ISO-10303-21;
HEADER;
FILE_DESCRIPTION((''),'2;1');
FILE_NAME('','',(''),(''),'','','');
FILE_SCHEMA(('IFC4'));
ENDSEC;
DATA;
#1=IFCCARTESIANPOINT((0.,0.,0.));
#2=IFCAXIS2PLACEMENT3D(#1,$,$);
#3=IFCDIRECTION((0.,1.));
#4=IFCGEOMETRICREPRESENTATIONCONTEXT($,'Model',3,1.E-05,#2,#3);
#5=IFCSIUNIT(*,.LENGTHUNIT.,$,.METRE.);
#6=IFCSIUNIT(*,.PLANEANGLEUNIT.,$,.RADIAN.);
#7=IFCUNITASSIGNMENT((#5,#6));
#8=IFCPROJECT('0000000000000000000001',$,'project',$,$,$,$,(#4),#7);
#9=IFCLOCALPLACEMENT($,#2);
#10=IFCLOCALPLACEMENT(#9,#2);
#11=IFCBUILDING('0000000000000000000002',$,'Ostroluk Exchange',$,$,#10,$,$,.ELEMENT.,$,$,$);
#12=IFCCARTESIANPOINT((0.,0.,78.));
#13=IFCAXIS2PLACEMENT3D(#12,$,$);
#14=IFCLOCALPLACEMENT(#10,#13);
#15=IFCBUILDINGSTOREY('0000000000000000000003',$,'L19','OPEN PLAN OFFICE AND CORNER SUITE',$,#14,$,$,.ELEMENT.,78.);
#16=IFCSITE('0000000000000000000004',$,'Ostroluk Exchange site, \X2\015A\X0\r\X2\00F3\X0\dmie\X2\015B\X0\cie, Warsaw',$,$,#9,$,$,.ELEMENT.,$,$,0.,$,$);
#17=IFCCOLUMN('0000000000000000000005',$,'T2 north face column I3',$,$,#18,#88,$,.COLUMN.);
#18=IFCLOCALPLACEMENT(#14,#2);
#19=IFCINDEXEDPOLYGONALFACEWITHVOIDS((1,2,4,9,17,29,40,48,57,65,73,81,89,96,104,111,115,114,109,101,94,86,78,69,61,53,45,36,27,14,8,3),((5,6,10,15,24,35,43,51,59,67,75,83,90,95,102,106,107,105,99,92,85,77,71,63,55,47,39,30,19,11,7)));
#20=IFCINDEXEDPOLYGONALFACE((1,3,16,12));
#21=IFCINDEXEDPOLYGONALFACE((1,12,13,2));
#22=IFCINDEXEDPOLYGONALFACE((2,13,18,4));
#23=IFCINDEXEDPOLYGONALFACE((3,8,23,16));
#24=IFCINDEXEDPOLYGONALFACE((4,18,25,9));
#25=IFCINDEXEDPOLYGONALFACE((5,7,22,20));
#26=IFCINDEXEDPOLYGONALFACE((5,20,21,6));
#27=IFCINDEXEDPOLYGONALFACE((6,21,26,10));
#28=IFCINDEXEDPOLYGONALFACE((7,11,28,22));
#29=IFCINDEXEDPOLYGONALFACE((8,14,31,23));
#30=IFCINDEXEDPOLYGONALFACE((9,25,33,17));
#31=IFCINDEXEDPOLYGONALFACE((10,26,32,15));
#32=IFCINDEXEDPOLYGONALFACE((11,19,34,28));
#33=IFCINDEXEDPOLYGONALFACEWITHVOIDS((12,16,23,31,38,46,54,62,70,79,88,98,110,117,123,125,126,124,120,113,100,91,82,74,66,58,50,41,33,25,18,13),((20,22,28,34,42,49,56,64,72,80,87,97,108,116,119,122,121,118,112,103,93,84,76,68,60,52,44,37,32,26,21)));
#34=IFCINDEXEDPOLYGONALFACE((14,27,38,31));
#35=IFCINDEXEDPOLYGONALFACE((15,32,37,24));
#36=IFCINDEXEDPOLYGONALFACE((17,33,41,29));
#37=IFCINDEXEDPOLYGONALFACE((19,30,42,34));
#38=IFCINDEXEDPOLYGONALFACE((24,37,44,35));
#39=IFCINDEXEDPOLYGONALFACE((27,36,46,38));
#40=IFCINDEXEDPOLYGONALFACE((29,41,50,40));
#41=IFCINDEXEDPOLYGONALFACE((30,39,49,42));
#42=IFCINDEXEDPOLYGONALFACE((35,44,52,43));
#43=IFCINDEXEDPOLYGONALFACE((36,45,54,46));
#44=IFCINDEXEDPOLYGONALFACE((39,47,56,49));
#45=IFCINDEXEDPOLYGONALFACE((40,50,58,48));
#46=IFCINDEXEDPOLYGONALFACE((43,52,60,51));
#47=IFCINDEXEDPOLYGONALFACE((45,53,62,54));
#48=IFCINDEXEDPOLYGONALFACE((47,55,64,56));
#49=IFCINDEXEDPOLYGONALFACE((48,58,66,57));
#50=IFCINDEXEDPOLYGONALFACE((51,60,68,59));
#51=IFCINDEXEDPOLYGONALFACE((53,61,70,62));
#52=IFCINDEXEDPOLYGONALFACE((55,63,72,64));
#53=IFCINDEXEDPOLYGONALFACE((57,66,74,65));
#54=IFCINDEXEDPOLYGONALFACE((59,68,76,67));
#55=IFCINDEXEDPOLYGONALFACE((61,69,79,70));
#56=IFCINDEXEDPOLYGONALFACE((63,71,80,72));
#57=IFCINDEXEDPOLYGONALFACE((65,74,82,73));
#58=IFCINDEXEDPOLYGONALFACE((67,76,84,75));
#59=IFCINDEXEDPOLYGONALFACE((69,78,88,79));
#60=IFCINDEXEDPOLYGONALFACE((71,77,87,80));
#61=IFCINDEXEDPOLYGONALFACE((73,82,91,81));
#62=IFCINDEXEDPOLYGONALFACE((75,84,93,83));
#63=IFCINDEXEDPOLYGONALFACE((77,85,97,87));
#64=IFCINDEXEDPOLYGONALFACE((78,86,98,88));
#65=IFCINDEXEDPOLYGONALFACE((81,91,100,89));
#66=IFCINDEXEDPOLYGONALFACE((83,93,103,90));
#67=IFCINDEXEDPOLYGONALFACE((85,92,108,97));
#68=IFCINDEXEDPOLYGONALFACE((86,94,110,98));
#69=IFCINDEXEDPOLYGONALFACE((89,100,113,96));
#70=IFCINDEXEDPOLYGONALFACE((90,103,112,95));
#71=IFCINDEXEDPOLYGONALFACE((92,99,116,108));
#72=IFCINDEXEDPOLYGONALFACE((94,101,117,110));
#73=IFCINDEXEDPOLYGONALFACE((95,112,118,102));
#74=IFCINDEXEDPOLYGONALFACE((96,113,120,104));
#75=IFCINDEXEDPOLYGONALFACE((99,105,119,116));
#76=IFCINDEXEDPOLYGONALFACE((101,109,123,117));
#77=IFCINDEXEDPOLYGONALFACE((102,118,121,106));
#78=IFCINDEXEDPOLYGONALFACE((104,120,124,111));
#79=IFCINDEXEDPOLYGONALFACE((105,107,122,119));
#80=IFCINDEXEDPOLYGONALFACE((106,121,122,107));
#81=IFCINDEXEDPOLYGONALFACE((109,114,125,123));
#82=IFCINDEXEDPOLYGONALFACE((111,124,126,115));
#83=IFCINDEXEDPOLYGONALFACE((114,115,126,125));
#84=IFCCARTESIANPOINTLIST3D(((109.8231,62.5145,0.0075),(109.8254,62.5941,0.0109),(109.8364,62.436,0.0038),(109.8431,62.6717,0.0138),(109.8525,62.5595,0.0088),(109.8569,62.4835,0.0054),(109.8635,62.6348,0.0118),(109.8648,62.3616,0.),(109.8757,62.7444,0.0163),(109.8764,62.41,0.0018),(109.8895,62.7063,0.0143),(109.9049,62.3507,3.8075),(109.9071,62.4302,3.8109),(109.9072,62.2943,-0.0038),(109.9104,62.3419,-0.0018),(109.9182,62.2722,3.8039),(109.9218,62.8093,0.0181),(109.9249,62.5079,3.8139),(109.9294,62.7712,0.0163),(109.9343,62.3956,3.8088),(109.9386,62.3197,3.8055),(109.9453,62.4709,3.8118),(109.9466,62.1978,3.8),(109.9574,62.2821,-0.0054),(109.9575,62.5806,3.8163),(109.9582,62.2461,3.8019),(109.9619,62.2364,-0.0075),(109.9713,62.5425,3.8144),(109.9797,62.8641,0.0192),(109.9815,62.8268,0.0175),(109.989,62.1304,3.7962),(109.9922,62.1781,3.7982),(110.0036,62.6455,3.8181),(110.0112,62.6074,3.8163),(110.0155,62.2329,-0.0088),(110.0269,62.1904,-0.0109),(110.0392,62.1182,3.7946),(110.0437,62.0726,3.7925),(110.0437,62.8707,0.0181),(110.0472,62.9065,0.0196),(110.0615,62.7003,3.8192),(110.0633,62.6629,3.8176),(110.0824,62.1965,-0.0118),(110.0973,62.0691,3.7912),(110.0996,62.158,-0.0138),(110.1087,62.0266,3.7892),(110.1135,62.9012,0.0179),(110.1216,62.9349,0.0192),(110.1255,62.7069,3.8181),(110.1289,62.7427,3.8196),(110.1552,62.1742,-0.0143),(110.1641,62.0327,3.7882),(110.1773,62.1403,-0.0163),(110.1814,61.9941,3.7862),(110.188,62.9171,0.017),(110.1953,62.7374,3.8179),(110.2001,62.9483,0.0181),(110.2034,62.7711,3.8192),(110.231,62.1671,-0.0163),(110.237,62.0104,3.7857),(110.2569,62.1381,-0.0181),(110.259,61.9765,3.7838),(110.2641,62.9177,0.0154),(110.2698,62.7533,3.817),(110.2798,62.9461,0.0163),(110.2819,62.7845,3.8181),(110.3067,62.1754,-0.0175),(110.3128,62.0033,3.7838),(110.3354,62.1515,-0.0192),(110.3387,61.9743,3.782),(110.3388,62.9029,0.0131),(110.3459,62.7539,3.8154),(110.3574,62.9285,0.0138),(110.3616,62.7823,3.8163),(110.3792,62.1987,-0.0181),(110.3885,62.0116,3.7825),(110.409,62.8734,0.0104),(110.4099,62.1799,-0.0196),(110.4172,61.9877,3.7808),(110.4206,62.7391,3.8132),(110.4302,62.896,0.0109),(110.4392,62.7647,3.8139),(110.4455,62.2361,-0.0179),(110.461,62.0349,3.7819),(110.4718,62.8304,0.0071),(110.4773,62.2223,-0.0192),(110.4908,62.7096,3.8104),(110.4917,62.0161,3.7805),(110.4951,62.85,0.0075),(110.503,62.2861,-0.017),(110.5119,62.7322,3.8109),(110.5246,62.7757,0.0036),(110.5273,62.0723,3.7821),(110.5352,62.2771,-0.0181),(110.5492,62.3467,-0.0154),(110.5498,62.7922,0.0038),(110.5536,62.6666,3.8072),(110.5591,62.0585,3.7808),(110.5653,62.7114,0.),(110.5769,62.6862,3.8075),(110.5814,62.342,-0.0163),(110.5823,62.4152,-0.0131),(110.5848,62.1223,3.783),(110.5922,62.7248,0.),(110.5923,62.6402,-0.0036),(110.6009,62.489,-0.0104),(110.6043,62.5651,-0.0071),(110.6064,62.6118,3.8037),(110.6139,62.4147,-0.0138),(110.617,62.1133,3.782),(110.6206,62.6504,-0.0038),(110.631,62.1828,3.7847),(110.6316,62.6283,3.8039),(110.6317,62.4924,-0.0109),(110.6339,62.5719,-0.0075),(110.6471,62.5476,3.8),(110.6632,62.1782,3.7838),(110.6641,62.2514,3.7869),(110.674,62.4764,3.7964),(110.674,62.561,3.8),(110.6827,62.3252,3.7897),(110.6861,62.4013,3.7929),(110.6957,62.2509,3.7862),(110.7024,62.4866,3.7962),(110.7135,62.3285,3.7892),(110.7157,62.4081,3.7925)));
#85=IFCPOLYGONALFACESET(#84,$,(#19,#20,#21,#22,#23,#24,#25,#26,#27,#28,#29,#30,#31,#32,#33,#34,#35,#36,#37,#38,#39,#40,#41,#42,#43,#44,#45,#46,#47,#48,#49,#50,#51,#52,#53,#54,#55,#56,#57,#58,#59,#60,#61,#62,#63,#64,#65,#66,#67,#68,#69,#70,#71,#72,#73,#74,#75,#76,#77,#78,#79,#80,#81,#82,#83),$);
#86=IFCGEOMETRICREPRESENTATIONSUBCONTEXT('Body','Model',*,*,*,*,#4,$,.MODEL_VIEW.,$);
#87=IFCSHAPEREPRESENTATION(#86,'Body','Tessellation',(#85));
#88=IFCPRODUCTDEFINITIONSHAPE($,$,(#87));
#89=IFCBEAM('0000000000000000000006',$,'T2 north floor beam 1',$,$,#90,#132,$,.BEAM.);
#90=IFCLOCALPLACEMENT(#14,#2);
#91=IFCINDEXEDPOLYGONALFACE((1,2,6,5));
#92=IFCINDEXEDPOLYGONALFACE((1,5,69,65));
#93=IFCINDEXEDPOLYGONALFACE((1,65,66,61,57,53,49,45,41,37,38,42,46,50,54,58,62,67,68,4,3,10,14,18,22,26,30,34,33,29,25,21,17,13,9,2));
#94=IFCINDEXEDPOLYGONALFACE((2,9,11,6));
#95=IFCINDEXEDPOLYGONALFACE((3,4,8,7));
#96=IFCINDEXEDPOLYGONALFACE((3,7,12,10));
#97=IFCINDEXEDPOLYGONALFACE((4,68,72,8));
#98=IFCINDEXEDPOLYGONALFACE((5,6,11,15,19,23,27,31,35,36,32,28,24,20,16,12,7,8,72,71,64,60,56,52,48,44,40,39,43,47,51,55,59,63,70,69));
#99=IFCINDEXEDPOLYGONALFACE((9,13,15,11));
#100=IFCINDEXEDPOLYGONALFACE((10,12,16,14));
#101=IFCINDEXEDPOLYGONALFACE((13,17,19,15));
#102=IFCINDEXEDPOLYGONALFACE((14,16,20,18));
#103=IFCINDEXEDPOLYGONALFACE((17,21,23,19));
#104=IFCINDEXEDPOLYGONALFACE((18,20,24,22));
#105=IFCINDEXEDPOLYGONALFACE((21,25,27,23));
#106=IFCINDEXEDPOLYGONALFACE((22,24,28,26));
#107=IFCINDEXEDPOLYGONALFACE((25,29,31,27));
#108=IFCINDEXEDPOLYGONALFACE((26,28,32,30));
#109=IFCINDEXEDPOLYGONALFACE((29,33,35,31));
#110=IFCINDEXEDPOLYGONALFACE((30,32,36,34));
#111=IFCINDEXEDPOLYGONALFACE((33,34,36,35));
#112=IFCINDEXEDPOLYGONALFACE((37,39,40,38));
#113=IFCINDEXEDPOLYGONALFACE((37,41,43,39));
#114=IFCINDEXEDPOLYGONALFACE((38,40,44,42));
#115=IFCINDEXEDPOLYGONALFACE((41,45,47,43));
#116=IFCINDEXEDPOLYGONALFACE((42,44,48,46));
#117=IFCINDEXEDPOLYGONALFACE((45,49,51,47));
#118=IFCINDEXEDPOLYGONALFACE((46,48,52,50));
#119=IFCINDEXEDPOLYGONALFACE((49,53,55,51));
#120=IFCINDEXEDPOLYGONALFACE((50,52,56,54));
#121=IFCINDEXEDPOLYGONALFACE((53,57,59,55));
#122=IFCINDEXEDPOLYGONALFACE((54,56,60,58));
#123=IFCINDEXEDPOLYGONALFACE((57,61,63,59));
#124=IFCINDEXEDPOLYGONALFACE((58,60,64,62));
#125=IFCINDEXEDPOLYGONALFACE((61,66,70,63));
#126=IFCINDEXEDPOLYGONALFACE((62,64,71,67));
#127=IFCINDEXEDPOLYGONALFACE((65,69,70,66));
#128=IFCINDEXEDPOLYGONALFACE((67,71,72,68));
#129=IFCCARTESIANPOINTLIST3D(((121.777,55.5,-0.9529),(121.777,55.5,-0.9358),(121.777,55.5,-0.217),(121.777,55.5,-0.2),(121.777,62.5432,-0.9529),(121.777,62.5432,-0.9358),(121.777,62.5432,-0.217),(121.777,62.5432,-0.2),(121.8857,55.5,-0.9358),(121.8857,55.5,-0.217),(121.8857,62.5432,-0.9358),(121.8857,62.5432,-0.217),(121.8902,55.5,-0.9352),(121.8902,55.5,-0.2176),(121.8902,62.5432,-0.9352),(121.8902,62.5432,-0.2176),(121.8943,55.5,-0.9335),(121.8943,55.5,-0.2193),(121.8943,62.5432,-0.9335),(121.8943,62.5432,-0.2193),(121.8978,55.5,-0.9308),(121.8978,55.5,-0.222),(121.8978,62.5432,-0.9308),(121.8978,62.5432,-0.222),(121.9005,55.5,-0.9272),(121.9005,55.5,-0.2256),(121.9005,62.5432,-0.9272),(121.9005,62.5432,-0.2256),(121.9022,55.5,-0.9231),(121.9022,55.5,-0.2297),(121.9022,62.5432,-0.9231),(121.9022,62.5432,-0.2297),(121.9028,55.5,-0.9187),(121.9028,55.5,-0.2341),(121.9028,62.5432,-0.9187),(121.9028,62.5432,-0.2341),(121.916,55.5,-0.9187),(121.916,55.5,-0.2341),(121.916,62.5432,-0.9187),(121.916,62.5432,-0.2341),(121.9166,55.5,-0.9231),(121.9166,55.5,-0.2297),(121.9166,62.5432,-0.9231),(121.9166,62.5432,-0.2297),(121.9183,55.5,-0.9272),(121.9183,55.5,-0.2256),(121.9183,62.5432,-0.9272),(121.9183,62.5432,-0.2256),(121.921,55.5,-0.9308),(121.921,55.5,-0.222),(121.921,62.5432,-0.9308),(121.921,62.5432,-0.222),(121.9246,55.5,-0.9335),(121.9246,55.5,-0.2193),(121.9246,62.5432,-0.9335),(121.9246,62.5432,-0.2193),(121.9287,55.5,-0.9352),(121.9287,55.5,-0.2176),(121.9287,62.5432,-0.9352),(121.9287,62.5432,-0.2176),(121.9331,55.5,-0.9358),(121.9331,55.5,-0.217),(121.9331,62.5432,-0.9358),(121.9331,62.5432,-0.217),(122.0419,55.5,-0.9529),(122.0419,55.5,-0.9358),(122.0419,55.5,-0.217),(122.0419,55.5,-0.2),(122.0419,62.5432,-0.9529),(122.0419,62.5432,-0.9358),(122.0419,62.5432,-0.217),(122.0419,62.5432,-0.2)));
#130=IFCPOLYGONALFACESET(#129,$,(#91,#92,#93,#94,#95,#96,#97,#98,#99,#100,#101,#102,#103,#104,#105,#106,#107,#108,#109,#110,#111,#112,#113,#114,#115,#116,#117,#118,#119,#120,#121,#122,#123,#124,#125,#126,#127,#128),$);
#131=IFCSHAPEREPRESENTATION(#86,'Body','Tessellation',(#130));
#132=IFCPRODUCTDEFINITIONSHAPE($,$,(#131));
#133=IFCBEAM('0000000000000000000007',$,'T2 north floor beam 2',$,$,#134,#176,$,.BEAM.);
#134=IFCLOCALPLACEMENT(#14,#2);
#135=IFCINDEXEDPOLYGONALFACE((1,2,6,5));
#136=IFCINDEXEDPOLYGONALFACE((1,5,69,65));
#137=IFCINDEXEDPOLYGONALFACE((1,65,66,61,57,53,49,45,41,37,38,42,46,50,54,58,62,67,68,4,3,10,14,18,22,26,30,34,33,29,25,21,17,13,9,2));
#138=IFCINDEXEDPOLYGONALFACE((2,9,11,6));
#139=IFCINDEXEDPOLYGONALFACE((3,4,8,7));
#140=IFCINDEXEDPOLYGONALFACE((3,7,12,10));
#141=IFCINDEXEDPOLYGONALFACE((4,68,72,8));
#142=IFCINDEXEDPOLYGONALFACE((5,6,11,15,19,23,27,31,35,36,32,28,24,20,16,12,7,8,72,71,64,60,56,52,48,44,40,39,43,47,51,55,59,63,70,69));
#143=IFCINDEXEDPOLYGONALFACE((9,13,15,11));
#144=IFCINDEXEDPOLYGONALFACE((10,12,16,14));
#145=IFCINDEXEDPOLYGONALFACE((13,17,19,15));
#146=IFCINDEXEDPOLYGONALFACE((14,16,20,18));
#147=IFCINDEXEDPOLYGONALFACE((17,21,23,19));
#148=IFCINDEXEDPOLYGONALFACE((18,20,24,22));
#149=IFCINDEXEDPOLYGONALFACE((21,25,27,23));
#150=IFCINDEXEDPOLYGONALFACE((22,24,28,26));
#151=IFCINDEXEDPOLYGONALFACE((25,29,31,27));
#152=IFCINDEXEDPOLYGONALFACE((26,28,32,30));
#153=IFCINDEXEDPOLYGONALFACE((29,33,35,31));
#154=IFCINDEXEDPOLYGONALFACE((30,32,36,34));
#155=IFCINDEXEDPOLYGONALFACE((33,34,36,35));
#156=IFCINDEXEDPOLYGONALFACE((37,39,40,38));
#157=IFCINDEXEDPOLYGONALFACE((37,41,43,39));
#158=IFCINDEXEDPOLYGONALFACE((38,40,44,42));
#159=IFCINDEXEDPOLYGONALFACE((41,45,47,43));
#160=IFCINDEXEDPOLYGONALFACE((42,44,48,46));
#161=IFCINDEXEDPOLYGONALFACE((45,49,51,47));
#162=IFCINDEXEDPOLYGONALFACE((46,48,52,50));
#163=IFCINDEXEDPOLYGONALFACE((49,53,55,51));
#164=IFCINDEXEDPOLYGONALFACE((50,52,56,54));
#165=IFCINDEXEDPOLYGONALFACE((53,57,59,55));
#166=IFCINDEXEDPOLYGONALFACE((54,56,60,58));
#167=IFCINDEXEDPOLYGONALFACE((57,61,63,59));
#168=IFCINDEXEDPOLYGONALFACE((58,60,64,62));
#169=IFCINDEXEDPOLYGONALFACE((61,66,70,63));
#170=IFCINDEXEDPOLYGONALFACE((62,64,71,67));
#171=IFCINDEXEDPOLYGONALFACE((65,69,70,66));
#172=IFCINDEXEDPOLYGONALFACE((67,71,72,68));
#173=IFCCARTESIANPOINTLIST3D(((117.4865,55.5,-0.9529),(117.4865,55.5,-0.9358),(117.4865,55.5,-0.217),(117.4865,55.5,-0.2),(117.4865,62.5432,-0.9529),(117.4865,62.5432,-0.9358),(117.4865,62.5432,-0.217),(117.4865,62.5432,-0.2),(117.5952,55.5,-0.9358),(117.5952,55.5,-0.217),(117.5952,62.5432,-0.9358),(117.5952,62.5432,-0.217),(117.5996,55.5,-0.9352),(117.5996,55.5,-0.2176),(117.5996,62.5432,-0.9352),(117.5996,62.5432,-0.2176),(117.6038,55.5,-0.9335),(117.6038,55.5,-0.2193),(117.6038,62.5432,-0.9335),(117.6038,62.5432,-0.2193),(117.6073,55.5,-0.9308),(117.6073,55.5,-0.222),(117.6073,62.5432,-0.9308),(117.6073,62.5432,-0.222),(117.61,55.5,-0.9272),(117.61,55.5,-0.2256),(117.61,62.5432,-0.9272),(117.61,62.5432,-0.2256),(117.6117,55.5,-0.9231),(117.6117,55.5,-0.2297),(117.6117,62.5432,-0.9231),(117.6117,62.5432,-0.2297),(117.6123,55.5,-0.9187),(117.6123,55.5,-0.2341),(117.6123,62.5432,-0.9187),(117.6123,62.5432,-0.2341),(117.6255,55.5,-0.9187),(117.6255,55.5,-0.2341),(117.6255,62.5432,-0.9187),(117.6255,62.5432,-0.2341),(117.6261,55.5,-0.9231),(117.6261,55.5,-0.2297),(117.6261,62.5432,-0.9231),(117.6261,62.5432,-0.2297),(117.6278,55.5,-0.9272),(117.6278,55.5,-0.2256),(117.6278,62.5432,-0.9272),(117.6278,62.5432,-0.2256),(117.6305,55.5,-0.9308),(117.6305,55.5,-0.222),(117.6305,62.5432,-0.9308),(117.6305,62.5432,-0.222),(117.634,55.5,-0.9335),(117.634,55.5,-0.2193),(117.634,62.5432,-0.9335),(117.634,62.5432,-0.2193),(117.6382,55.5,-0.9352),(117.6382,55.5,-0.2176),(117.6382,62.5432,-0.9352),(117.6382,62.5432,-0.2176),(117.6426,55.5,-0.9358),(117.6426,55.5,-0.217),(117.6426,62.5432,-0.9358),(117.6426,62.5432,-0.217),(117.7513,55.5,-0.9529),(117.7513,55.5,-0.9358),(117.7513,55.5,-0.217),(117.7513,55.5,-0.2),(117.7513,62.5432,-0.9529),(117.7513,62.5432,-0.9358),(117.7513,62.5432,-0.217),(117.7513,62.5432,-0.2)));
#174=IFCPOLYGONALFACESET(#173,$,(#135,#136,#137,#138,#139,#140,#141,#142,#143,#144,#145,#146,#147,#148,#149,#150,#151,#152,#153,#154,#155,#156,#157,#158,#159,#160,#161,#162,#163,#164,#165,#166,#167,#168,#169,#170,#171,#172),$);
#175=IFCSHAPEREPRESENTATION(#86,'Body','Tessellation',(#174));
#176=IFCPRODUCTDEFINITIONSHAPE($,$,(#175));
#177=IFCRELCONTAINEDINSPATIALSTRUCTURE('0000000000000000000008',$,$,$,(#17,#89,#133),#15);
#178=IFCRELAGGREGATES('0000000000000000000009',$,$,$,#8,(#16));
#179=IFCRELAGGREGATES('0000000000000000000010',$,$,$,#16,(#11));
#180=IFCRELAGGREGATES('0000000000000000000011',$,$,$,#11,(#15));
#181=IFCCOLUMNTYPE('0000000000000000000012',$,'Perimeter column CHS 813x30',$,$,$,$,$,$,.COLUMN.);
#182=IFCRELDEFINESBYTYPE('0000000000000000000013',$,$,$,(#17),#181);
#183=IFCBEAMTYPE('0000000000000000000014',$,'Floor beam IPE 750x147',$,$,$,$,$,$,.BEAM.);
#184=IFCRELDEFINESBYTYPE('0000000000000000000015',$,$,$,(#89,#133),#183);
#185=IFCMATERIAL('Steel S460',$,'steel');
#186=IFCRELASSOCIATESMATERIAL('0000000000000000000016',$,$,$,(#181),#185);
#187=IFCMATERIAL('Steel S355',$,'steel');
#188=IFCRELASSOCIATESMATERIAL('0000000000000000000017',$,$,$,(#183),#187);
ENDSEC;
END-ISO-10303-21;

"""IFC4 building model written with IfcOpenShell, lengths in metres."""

from ifc_helpers import new_model, si_unit, direction, frame, origin, origin_2d, place, context, subcontext, project, spatial, hollow_circle, i_section, extrude, material, material_profile, profile_set, type_object, element, save


model = new_model("IFC4")

# Units and contexts
model_context = context("Model", 3, precision=1e-05, world=origin(), true_north=direction((0.0, 1.0)))
body_context = subcontext(model_context, "Body", "Model", "MODEL_VIEW")
ifc_project = project(units=[si_unit("LENGTHUNIT", "METRE"), si_unit("PLANEANGLEUNIT", "RADIAN")], contexts=[model_context])

# Site, building, storey
site_placement = place(None, origin())
site = spatial("IfcSite", under=ifc_project, at=site_placement, Name="Ostroluk Exchange site, Śródmieście, Warsaw", CompositionType="ELEMENT", RefElevation=0.0)
building_placement = place(site_placement, origin())
building = spatial("IfcBuilding", under=site, at=building_placement, Name="Ostroluk Exchange", CompositionType="ELEMENT")
storey_placement = place(building_placement, frame((0.0, 0.0, 78.0)))
storey = spatial("IfcBuildingStorey", under=building, at=storey_placement, Name="L19", Description="OPEN PLAN OFFICE AND CORNER SUITE", CompositionType="ELEMENT", Elevation=78.0)

# Column
ifc_material_1 = material(Name="Steel S460", Category="steel")
ifc_material_profile_1 = material_profile(ifc_material_1, hollow_circle(Radius=0.4065, WallThickness=0.03, at=origin_2d()), Name="CHS 813x30")
ifc_profile_set_1 = profile_set([ifc_material_profile_1], Name="Steel S460")
column_type = type_object("IfcColumnType", Name="Perimeter column CHS 813x30", PredefinedType="COLUMN", material=ifc_profile_set_1)
column_placement = place(storey_placement, frame((110.2285, 62.5432, 0.0), z_axis=(0.021498, -0.04306, 0.998841), x_axis=(0.894694, 0.44668, 0.0)))
element("IfcColumn", 1, at=column_placement, inside=storey, type_object=column_type, Name="T2 north face column I3", PredefinedType="COLUMN", context=body_context, shape_type="SweptSolid", body=[
    extrude(hollow_circle(Radius=0.4065, WallThickness=0.03, at=origin_2d()), origin(), (0.0, 0.0, 1.0), 3.8044),
])

# Beams
ifc_material_2 = material(Name="Steel S355", Category="steel")
ifc_material_profile_2 = material_profile(ifc_material_2, i_section(OverallWidth=0.2649, OverallDepth=0.7529, WebThickness=0.0132, FlangeThickness=0.0171, FilletRadius=0.0171, at=origin_2d()), Name="IPE 750x147")
ifc_profile_set_2 = profile_set([ifc_material_profile_2], Name="Steel S355")
beam_type = type_object("IfcBeamType", Name="Floor beam IPE 750x147", PredefinedType="BEAM", material=ifc_profile_set_2)
for number, where, z_axis, x_axis, name in (
    (2, (121.9094, 55.5, -0.5764), (0.0, 1.0, 0.0), (-1.0, 0.0, 0.0), "T2 north floor beam 1"),
    (3, (117.6189, 55.5, -0.5764), (0.0, 1.0, 0.0), (-1.0, 0.0, 0.0), "T2 north floor beam 2"),
):
    element("IfcBeam", number, at=place(storey_placement, frame(where, z_axis=z_axis, x_axis=x_axis)), inside=storey, type_object=beam_type, Name=name, PredefinedType="BEAM", context=body_context, shape_type="SweptSolid", body=[
        extrude(i_section(OverallWidth=0.2649, OverallDepth=0.7529, WebThickness=0.0132, FlangeThickness=0.0171, FilletRadius=0.0171, at=origin_2d()), origin(), (0.0, 0.0, 1.0), 7.0432),
    ])

save(model, "model.ifc")
